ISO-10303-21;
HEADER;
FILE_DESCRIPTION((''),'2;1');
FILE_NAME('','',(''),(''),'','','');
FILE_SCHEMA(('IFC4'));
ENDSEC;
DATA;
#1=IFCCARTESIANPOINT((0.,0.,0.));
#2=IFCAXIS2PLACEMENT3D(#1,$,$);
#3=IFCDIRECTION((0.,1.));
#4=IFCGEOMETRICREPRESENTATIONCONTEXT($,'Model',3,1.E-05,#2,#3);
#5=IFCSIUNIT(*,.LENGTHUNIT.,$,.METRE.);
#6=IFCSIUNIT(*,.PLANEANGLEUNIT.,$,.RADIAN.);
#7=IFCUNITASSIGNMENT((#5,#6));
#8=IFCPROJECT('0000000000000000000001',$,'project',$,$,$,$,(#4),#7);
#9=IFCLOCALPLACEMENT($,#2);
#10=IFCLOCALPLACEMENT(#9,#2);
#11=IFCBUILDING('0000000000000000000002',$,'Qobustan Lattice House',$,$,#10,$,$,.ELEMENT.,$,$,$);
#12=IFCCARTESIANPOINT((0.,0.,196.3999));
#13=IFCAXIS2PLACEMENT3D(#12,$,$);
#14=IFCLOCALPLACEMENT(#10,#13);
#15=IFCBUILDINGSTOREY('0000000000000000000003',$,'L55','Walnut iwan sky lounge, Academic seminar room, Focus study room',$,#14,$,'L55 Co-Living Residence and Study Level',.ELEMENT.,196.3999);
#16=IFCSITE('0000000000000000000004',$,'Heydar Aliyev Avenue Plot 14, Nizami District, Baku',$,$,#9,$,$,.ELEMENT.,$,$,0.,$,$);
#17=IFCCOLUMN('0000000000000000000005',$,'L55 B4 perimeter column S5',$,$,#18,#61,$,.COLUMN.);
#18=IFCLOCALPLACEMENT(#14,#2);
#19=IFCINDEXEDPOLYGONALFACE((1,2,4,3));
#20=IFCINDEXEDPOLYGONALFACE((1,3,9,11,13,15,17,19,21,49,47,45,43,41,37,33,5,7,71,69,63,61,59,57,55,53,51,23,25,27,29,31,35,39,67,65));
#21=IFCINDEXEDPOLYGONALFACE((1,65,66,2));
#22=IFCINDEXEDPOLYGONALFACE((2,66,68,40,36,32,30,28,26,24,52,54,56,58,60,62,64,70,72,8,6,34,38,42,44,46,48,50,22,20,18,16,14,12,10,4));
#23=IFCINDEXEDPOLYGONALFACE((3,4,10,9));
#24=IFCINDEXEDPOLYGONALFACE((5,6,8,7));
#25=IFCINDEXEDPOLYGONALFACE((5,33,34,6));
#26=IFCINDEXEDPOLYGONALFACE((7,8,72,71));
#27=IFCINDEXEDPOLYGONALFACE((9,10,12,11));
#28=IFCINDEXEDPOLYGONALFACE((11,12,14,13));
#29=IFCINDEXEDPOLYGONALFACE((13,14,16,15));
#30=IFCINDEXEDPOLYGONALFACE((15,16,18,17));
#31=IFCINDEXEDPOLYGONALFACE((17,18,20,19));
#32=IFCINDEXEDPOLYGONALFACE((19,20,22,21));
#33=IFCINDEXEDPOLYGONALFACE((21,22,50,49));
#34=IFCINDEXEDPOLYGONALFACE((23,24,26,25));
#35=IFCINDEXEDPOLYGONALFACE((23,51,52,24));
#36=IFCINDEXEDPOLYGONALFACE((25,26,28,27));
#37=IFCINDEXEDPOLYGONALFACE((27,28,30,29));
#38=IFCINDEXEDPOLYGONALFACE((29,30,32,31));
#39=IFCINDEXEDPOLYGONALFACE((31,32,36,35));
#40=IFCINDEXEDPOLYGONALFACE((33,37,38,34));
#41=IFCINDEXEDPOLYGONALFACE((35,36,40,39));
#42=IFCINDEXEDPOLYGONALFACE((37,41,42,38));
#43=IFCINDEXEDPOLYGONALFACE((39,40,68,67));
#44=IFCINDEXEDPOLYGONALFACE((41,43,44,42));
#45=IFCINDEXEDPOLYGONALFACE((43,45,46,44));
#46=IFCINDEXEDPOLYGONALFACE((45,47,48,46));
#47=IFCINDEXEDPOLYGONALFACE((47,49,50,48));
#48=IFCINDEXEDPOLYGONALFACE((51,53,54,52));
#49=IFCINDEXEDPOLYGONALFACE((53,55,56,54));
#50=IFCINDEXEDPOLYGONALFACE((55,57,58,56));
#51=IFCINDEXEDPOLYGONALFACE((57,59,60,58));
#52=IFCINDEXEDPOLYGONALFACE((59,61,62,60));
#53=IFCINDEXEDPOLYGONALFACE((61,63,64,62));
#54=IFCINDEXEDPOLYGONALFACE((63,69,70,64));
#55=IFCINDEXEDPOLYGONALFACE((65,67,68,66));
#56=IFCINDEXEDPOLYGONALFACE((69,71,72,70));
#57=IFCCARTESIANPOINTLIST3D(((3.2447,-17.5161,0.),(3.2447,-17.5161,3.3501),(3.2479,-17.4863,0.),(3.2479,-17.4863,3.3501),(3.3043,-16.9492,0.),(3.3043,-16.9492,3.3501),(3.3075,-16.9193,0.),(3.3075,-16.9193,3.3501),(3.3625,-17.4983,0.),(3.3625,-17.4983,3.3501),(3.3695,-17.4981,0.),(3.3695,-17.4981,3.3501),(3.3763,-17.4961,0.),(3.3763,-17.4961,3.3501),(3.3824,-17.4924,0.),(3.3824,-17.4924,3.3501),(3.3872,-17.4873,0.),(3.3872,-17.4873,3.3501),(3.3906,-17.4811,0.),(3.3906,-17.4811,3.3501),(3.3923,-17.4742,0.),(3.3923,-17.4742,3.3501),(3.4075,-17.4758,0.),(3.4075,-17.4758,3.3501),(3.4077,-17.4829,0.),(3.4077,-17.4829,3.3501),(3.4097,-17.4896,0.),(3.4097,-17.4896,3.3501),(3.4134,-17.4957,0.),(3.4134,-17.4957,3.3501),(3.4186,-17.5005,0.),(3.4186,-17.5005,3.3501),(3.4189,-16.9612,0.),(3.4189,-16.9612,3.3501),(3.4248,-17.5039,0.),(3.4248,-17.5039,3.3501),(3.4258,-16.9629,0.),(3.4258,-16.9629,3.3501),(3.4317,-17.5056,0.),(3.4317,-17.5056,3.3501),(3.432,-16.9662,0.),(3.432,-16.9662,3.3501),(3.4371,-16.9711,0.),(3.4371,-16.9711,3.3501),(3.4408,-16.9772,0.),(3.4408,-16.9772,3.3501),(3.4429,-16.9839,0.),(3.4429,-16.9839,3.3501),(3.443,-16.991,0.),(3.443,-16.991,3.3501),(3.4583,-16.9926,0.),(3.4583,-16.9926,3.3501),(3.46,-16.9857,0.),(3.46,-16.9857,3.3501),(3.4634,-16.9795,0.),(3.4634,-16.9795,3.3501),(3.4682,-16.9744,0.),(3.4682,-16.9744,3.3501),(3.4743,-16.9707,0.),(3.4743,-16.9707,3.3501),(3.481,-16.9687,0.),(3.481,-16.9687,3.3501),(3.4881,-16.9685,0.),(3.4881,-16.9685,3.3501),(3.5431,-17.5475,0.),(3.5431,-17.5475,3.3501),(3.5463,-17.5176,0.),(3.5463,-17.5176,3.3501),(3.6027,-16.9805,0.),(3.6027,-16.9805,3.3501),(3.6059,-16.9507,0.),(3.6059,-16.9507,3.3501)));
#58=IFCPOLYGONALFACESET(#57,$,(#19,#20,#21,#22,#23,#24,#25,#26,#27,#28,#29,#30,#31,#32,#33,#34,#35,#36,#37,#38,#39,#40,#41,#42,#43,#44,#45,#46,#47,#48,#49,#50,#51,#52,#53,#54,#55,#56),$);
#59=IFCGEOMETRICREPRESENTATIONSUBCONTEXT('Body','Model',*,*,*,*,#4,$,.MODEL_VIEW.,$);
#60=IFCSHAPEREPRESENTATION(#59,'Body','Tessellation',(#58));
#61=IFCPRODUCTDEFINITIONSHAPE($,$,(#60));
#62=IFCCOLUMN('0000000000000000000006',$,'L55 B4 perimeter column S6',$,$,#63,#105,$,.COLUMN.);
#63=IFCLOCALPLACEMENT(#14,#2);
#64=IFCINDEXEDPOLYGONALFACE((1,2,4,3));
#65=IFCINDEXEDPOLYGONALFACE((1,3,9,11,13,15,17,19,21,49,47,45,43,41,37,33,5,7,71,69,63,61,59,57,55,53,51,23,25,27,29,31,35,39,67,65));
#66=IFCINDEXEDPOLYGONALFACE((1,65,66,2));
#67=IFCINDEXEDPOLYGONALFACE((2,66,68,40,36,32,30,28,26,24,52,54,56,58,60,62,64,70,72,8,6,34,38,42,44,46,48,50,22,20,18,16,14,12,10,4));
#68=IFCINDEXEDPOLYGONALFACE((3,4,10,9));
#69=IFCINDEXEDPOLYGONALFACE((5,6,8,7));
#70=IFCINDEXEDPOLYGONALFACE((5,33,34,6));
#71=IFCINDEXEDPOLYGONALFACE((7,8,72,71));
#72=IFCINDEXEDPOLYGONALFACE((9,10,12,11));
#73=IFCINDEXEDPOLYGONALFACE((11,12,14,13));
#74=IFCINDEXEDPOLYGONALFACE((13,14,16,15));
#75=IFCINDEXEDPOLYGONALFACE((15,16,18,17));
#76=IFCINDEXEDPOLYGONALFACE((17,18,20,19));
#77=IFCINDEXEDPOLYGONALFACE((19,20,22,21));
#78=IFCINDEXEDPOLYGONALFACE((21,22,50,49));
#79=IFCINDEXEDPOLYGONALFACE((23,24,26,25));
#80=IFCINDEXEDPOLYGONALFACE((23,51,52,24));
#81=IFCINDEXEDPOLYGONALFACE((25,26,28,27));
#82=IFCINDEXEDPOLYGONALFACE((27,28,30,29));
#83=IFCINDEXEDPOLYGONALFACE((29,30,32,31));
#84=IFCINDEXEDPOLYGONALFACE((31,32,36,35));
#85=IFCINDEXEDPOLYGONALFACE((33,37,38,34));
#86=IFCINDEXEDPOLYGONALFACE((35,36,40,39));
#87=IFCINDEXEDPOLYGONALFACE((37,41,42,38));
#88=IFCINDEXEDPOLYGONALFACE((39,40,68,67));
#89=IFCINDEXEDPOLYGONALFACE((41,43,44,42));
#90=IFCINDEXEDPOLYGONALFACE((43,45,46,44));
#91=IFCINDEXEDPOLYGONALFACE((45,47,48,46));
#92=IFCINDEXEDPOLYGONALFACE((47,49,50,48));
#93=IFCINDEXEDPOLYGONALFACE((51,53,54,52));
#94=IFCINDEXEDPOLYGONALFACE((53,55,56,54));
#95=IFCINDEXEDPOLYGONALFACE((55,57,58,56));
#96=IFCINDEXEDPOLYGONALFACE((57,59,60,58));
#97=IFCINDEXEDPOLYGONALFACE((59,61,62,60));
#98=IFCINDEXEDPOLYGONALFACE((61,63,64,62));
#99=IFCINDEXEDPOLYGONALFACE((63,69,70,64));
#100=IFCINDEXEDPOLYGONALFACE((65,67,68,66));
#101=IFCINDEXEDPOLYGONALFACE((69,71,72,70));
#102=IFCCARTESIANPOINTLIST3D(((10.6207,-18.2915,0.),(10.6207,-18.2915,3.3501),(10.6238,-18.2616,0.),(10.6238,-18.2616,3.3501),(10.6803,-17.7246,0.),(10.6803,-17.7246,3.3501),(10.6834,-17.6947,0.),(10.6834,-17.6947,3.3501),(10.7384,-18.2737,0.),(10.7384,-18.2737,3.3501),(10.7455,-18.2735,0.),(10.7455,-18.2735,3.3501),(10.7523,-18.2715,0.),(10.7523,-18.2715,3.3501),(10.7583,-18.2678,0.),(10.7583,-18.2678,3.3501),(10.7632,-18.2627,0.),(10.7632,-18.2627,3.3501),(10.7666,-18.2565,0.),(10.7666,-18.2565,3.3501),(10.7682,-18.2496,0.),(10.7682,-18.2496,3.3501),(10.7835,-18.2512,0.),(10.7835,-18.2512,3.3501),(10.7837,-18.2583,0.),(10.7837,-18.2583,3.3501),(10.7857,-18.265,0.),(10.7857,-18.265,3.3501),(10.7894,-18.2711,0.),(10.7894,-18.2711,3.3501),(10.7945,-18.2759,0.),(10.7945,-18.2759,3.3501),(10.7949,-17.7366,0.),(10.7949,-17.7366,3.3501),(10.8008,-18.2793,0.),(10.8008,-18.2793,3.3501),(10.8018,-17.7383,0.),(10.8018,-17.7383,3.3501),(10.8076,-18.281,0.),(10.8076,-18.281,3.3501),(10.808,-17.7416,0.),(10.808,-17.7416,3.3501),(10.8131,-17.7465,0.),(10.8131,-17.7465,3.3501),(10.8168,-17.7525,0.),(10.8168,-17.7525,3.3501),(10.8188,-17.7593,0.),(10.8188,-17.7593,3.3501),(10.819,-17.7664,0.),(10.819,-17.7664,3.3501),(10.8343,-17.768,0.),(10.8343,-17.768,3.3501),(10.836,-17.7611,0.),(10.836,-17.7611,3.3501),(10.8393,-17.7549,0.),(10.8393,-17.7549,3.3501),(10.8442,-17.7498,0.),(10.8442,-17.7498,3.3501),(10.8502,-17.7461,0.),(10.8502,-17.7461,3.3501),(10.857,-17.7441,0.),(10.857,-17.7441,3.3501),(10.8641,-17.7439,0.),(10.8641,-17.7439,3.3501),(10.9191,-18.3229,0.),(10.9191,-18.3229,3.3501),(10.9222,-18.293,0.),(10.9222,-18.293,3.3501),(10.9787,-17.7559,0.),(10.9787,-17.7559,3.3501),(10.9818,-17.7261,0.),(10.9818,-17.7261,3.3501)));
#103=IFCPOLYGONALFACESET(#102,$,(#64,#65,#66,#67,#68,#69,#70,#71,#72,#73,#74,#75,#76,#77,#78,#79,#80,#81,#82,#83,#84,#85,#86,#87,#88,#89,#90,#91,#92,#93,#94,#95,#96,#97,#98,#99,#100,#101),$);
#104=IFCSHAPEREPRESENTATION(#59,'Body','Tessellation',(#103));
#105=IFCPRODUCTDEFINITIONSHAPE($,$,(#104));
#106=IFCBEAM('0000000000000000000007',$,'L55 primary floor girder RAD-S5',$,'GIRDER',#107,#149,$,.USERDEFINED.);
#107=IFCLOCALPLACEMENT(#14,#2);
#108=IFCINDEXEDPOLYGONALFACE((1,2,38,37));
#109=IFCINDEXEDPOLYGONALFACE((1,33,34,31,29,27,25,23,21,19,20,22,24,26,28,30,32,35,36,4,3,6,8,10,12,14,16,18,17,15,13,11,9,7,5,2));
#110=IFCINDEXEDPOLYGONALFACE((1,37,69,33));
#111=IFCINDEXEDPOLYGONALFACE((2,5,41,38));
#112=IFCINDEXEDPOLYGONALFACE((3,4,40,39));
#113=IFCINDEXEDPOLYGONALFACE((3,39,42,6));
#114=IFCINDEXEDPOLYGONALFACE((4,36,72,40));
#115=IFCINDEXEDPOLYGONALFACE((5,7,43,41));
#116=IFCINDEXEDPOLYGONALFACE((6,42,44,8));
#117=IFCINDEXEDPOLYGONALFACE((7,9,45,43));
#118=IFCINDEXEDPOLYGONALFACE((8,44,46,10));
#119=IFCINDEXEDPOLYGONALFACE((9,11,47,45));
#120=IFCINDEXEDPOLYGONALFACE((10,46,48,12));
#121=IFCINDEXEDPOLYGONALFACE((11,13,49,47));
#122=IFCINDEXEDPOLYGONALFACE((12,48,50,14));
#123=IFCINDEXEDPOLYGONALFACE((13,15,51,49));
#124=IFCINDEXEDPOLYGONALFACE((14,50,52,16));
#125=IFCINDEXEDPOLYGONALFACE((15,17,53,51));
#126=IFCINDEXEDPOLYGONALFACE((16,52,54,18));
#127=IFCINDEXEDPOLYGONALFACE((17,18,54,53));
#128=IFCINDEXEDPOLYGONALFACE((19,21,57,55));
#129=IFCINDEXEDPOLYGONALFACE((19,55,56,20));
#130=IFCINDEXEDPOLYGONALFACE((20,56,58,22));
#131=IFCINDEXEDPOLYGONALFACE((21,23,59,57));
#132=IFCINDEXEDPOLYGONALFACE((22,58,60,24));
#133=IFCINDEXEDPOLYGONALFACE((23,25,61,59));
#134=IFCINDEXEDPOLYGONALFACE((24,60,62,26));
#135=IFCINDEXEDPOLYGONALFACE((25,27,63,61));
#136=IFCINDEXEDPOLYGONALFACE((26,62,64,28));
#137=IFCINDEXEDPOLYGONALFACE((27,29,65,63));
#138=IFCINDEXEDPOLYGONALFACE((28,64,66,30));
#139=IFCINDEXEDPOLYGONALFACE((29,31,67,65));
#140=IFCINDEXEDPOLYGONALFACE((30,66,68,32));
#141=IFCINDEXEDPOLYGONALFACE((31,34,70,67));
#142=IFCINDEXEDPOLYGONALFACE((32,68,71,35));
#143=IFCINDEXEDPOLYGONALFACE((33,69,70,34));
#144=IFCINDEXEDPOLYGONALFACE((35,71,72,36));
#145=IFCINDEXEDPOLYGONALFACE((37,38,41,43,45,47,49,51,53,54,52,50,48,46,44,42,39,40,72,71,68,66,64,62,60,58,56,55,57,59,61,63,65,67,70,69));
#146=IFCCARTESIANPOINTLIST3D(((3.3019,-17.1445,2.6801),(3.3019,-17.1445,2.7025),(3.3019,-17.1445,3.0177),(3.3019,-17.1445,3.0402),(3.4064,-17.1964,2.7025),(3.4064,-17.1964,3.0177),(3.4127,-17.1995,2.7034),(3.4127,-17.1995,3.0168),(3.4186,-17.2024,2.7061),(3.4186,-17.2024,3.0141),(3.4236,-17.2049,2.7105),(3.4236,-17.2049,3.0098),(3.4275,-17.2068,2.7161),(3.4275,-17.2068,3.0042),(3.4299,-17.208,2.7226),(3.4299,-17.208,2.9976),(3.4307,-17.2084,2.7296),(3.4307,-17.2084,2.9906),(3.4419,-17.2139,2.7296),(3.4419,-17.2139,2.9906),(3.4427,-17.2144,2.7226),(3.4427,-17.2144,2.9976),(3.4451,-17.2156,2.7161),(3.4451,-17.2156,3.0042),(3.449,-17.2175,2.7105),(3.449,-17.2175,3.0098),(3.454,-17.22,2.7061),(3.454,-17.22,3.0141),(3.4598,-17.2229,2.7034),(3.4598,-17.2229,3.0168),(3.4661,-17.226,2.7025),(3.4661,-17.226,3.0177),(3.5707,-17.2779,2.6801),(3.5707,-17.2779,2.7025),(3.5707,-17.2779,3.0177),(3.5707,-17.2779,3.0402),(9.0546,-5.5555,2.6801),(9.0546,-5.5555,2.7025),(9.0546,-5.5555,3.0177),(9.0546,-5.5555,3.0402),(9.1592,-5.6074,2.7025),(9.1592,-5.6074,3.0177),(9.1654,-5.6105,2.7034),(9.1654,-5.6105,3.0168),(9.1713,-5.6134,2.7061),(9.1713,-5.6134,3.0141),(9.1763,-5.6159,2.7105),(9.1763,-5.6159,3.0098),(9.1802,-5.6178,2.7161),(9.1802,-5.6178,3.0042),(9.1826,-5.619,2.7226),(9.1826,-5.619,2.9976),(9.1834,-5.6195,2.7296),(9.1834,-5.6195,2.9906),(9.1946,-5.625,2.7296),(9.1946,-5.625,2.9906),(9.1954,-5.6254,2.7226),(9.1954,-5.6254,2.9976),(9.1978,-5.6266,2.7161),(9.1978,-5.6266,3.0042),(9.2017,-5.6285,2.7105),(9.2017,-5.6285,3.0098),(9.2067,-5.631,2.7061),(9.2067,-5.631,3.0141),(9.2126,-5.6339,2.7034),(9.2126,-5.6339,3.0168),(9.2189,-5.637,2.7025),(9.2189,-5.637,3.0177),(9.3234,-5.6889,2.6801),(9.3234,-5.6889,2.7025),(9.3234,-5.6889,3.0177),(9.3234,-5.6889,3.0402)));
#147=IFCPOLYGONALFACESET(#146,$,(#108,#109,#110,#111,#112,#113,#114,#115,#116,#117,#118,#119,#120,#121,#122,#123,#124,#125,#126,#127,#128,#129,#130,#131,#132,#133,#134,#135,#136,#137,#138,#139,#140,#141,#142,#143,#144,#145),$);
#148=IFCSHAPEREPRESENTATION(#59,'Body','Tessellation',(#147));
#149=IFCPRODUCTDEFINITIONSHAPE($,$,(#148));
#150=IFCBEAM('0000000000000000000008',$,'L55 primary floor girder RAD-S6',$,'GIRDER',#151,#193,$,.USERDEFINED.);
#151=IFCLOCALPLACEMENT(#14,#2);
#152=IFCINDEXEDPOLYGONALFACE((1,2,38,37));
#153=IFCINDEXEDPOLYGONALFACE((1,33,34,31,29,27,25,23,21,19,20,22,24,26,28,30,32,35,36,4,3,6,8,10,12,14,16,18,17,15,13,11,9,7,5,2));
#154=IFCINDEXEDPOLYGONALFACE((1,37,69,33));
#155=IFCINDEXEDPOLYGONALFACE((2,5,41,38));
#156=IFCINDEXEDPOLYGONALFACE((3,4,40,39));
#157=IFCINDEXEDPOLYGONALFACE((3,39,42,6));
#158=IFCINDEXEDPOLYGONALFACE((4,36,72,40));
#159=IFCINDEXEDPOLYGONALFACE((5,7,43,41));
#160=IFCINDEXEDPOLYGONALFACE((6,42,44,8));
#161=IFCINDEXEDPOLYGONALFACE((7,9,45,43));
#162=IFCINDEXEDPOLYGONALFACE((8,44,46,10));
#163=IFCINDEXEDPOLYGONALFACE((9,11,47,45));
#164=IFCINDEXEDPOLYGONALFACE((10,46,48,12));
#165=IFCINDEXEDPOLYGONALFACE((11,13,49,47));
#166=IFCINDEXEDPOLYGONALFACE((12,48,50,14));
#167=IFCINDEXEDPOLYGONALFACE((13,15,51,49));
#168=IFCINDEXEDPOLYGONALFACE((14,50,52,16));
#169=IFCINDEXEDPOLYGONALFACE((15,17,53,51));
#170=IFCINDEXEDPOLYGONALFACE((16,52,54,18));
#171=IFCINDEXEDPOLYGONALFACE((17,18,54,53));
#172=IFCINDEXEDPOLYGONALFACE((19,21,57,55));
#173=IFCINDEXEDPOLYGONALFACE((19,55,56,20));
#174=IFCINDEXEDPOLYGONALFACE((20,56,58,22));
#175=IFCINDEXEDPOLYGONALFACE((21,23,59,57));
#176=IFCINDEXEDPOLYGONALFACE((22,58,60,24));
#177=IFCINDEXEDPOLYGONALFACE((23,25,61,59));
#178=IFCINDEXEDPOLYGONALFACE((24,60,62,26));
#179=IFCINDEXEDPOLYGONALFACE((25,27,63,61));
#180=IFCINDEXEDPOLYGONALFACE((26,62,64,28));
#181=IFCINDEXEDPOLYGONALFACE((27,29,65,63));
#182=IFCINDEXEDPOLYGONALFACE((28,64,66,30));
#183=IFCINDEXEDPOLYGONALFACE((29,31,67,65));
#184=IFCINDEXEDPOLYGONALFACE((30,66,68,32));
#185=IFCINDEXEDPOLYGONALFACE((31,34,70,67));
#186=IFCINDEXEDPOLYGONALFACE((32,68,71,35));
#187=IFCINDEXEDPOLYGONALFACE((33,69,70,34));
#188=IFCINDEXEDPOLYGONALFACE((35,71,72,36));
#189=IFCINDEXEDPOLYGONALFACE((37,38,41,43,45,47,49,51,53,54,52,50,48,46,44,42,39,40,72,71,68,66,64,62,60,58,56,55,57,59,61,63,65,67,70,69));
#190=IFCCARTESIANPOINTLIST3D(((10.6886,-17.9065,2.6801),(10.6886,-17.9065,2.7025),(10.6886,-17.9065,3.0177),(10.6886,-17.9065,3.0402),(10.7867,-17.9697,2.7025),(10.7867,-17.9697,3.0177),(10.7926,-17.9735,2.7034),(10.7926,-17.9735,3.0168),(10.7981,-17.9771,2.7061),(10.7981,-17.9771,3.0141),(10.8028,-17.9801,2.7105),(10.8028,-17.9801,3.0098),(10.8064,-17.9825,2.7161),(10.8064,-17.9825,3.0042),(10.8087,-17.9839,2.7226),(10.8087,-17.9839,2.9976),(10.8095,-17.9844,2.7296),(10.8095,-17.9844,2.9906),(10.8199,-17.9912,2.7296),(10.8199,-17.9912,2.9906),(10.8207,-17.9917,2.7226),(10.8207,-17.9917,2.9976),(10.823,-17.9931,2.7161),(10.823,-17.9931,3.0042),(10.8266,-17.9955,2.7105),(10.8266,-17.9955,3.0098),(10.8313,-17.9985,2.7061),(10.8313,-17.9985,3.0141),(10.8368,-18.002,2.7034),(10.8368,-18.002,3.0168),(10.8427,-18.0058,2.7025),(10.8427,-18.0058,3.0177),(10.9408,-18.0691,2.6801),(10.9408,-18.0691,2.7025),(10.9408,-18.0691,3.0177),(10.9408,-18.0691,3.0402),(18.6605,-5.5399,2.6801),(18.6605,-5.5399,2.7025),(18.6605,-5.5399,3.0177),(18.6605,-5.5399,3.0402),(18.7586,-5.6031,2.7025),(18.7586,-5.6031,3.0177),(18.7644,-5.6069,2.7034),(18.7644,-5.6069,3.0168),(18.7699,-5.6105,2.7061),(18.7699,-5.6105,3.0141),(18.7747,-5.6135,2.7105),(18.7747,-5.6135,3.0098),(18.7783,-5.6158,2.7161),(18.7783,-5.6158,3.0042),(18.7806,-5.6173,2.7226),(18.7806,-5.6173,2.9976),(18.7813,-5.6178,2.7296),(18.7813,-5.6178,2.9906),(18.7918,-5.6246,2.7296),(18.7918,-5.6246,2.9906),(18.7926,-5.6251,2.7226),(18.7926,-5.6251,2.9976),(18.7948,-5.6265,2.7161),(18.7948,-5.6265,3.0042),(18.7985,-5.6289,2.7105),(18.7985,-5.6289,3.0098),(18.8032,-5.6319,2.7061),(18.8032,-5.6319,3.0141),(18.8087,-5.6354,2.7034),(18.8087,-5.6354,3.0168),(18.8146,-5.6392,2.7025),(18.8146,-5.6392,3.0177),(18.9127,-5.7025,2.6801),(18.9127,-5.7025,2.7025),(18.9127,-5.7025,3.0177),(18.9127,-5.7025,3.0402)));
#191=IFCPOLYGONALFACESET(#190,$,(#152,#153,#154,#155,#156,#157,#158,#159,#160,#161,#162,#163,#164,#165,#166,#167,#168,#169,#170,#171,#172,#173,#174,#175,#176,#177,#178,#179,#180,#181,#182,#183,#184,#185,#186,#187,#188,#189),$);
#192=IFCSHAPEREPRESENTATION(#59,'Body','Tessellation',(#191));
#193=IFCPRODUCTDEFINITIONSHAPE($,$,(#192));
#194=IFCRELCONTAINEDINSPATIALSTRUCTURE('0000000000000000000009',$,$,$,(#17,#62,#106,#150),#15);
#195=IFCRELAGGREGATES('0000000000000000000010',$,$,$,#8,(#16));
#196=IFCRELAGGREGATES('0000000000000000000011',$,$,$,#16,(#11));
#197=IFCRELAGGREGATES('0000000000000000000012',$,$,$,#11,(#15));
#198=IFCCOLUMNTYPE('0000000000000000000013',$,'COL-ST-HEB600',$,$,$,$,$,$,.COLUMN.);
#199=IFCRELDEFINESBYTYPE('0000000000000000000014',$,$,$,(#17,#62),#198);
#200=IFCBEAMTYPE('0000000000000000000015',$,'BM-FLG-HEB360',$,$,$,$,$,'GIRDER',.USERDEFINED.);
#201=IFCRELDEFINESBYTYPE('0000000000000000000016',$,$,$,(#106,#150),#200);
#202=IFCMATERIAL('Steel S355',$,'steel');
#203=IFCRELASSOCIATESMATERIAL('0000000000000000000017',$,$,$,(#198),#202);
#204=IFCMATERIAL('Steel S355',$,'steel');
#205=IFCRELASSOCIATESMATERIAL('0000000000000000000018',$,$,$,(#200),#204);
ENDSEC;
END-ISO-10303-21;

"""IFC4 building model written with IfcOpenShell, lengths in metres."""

from ifc_helpers import new_model, si_unit, direction, frame, origin, origin_2d, place, context, subcontext, project, spatial, i_section, extrude, material, material_profile, profile_set, type_object, element, save


model = new_model("IFC4")

# Units and contexts
model_context = context("Model", 3, precision=1e-05, world=origin(), true_north=direction((0.0, 1.0)))
body_context = subcontext(model_context, "Body", "Model", "MODEL_VIEW")
ifc_project = project(units=[si_unit("LENGTHUNIT", "METRE"), si_unit("PLANEANGLEUNIT", "RADIAN")], contexts=[model_context])

# Site, building, storey
site_placement = place(None, origin())
site = spatial("IfcSite", under=ifc_project, at=site_placement, Name="Heydar Aliyev Avenue Plot 14, Nizami District, Baku", CompositionType="ELEMENT", RefElevation=0.0)
building_placement = place(site_placement, origin())
building = spatial("IfcBuilding", under=site, at=building_placement, Name="Qobustan Lattice House", CompositionType="ELEMENT")
storey_placement = place(building_placement, frame((0.0, 0.0, 196.3999)))
storey = spatial("IfcBuildingStorey", under=building, at=storey_placement, Name="L55", Description="Walnut iwan sky lounge, Academic seminar room, Focus study room", LongName="L55 Co-Living Residence and Study Level", CompositionType="ELEMENT", Elevation=196.3999)

# Columns
ifc_material_1 = material(Name="Steel S355", Category="steel")
ifc_material_profile_1 = material_profile(ifc_material_1, i_section(OverallWidth=0.3, OverallDepth=0.6001, WebThickness=0.0154, FlangeThickness=0.03, FilletRadius=0.0271, at=origin_2d()), Name="HEB600")
ifc_profile_set_1 = profile_set([ifc_material_profile_1], Name="Steel S355")
column_type = type_object("IfcColumnType", Name="COL-ST-HEB600", PredefinedType="COLUMN", material=ifc_profile_set_1)
for number, where, z_axis, x_axis, name in (
    (1, (3.4253, -17.2334, 0.0), (0.0, 0.0, 1.0), (0.994522, -0.104528, 0.0), "L55 B4 perimeter column S5"),
    (2, (10.8013, -18.0088, 0.0), (0.0, 0.0, 1.0), (0.994522, -0.104528, 0.0), "L55 B4 perimeter column S6"),
):
    element("IfcColumn", number, at=place(storey_placement, frame(where, z_axis=z_axis, x_axis=x_axis)), inside=storey, type_object=column_type, Name=name, PredefinedType="COLUMN", context=body_context, shape_type="SweptSolid", body=[
        extrude(i_section(OverallWidth=0.3, OverallDepth=0.6001, WebThickness=0.0154, FlangeThickness=0.03, FilletRadius=0.0271, at=origin_2d()), origin(), (0.0, 0.0, 1.0), 3.3501),
    ])

# Beams
ifc_material_2 = material(Name="Steel S355", Category="steel")
ifc_material_profile_2 = material_profile(ifc_material_2, i_section(OverallWidth=0.3, OverallDepth=0.3601, WebThickness=0.0125, FlangeThickness=0.0225, FilletRadius=0.0271, at=origin_2d()), Name="HEB360")
ifc_profile_set_2 = profile_set([ifc_material_profile_2], Name="Steel S355")
beam_type_1 = type_object("IfcBeamType", Name="BM-FLG-HEB360", ElementType="GIRDER", PredefinedType="USERDEFINED", material=ifc_profile_set_2)
beam_1_placement = place(storey_placement, frame((3.4363, -17.2112, 2.8601), z_axis=(0.44463, 0.895714, 0.0), x_axis=(-0.895714, 0.44463, 0.0)))
element("IfcBeam", 3, at=beam_1_placement, inside=storey, type_object=beam_type_1, Name="L55 primary floor girder RAD-S5", ObjectType="GIRDER", PredefinedType="USERDEFINED", context=body_context, shape_type="SweptSolid", body=[
    extrude(i_section(OverallWidth=0.3, OverallDepth=0.3601, WebThickness=0.0125, FlangeThickness=0.0225, FilletRadius=0.0271, at=origin_2d()), origin(), (0.0, 0.0, 1.0), 12.9382),
])
beam_2_placement = place(storey_placement, frame((10.8147, -17.9878, 2.8601), z_axis=(0.54181, 0.840501, 0.0), x_axis=(-0.840501, 0.54181, 0.0)))
element("IfcBeam", 4, at=beam_2_placement, inside=storey, type_object=beam_type_1, Name="L55 primary floor girder RAD-S6", ObjectType="GIRDER", PredefinedType="USERDEFINED", context=body_context, shape_type="SweptSolid", body=[
    extrude(i_section(OverallWidth=0.3, OverallDepth=0.3601, WebThickness=0.0125, FlangeThickness=0.0225, FilletRadius=0.0271, at=origin_2d()), origin(), (0.0, 0.0, 1.0), 14.7134),
])

save(model, "model.ifc")
